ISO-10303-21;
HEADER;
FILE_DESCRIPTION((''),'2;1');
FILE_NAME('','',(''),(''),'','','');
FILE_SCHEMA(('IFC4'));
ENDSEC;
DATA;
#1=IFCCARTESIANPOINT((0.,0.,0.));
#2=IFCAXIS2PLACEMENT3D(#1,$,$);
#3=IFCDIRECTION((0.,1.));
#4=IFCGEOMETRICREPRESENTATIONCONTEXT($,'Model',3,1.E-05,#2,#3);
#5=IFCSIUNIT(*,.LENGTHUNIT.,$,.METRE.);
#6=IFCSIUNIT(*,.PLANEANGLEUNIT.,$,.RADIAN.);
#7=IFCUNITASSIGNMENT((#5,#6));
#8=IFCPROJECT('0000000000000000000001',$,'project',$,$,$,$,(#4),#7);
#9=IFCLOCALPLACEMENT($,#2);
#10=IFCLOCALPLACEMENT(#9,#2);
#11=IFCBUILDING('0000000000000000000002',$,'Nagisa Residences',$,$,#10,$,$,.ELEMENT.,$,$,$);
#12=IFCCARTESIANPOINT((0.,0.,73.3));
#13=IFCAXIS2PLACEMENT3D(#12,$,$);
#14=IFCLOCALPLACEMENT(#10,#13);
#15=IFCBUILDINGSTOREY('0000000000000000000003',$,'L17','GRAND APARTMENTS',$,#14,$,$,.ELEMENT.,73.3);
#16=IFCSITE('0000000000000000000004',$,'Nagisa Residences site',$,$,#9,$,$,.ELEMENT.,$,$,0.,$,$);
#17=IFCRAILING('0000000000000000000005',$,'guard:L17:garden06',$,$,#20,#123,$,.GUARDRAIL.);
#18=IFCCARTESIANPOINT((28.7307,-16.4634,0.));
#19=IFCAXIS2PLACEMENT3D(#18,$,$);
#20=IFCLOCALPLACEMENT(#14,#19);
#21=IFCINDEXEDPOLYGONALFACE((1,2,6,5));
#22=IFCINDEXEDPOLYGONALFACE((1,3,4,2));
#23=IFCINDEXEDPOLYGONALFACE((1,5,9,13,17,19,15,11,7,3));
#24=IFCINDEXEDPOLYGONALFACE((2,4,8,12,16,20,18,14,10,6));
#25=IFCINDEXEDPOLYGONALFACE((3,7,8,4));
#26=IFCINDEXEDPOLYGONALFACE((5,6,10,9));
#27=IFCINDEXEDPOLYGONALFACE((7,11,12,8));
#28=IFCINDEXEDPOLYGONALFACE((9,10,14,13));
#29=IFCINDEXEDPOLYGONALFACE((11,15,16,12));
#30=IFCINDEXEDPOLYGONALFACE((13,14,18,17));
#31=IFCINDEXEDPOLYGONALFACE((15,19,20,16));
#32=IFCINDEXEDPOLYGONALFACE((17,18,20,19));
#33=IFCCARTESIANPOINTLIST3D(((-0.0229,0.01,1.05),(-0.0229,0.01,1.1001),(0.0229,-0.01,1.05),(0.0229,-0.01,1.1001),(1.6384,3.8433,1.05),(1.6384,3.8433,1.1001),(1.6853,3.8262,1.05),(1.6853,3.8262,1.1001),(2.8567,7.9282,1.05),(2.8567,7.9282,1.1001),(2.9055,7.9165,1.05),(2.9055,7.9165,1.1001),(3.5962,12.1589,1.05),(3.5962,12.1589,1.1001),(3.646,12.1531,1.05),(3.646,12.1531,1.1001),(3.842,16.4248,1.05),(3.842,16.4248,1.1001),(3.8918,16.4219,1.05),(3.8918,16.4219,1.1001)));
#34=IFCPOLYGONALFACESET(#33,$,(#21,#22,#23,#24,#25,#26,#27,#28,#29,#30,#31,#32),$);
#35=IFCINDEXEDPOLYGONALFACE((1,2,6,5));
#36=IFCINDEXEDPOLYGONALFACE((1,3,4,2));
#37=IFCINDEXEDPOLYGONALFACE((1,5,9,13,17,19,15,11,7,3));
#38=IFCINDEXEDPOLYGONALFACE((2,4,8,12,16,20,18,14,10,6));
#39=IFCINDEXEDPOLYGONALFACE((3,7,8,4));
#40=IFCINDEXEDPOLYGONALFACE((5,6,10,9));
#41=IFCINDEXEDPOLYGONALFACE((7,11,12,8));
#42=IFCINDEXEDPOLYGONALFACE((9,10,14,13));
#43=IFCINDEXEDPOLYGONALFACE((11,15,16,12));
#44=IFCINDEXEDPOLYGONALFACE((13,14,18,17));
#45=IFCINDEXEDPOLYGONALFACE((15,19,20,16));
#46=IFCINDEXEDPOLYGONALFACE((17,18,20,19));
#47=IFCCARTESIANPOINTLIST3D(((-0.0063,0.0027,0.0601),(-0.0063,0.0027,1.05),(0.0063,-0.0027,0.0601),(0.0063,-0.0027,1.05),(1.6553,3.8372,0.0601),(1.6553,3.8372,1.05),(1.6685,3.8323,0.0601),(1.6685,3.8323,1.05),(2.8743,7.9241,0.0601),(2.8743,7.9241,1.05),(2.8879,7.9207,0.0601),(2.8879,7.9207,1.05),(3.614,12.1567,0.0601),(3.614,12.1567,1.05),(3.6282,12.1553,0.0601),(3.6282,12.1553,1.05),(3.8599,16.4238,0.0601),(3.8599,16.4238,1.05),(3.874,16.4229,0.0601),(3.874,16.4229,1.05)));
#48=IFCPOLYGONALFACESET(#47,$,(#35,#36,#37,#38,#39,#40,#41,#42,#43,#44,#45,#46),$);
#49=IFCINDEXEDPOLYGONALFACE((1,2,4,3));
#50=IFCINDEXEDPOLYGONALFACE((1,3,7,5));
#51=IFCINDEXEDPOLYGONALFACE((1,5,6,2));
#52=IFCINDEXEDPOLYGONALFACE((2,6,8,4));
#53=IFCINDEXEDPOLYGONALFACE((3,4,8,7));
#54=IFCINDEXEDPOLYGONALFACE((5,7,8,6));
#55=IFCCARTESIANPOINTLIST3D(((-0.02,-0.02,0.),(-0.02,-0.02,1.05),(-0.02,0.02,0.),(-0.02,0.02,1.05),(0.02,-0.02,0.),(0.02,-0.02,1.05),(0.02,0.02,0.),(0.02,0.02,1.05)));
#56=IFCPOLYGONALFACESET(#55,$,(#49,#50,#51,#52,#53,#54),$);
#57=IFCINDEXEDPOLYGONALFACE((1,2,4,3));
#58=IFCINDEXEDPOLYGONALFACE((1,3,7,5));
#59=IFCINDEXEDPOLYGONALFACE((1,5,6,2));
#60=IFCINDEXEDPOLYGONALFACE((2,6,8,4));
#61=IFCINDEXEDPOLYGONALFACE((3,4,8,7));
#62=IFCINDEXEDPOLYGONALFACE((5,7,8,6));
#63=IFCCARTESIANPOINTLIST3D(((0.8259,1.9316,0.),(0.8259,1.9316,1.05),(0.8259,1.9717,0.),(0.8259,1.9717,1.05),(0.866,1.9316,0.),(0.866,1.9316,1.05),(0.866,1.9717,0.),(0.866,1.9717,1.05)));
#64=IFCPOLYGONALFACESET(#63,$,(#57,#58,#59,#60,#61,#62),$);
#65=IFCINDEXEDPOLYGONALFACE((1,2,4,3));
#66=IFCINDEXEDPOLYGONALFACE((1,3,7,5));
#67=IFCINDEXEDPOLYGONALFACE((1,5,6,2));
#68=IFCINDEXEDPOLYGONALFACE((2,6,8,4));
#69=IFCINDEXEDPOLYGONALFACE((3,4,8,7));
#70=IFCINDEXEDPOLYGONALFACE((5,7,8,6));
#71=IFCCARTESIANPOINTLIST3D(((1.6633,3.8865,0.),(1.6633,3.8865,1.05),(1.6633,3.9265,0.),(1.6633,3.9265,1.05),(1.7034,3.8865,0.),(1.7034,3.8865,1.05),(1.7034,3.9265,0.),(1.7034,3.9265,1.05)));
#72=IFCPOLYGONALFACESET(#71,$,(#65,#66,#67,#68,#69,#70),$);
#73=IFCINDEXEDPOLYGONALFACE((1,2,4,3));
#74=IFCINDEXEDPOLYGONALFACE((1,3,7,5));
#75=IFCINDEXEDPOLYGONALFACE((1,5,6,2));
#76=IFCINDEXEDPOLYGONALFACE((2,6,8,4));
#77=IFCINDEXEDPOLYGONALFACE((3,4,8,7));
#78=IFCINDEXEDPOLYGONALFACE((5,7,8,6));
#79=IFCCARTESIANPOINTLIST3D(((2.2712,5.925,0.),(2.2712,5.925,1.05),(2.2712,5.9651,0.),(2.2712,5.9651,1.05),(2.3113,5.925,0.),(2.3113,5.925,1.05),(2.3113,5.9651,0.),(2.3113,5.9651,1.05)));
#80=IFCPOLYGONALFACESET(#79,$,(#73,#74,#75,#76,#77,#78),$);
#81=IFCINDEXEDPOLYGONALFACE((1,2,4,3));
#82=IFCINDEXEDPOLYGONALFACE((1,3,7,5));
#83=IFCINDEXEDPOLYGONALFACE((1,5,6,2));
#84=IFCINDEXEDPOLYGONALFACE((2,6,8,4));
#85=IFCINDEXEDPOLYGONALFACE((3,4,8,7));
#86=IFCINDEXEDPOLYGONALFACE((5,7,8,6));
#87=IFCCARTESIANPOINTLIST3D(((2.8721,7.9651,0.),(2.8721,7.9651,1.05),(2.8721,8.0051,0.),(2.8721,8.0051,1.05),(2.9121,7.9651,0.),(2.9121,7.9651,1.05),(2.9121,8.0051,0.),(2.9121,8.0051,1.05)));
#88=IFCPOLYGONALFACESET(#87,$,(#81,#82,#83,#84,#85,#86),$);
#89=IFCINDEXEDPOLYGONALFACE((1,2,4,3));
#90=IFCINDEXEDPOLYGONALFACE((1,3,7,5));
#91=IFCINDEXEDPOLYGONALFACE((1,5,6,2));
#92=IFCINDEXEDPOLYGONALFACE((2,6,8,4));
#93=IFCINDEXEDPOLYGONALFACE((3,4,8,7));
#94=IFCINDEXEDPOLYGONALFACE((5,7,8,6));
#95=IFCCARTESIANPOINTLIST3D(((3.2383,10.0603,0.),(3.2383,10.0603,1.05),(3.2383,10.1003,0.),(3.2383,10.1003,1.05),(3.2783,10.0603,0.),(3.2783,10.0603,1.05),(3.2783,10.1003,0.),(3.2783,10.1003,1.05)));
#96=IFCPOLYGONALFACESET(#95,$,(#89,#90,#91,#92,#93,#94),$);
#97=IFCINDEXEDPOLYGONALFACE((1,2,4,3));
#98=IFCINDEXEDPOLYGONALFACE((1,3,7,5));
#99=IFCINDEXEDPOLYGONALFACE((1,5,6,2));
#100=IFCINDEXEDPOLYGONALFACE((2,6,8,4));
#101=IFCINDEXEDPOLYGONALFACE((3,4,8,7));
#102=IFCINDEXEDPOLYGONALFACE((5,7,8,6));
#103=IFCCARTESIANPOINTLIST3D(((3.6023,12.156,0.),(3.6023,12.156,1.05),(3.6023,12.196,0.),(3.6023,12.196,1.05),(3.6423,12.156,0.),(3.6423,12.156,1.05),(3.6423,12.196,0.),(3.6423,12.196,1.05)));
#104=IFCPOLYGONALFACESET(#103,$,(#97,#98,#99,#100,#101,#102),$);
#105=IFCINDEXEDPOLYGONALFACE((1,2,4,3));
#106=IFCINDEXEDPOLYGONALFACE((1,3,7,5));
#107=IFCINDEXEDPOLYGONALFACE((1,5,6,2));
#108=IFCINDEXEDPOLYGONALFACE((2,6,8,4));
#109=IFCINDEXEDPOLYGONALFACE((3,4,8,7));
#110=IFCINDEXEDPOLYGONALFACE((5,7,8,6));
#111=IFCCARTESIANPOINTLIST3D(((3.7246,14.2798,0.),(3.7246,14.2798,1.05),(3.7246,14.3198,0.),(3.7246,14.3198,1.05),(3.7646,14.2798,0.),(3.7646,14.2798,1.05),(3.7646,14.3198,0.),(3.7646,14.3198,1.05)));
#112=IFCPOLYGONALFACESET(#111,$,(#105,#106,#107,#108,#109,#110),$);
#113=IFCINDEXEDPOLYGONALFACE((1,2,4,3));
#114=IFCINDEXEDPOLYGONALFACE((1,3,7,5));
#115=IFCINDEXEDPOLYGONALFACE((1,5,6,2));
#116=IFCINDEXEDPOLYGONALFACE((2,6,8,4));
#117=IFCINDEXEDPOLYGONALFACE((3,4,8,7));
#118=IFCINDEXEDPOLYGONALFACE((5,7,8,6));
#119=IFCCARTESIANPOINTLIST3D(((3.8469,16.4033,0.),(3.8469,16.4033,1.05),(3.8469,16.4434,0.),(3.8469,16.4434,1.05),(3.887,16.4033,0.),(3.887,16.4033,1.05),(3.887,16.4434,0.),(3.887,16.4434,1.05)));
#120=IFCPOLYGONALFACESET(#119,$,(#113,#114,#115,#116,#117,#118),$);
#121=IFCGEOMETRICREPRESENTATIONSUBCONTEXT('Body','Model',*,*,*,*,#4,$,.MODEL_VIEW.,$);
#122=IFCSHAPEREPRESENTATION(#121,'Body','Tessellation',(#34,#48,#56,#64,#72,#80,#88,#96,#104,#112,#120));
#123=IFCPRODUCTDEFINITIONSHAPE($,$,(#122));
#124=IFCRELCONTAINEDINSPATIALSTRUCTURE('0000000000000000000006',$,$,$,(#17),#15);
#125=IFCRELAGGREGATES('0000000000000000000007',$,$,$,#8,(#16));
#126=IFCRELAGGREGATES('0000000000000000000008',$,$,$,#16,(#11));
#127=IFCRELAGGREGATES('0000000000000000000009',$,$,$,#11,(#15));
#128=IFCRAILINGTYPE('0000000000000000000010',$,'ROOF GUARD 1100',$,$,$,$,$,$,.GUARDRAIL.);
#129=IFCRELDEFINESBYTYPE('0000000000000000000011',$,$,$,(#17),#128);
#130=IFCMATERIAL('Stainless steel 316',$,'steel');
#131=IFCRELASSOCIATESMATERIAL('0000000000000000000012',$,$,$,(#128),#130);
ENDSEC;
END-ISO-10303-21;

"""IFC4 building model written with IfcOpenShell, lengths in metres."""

from ifc_helpers import new_model, si_unit, direction, frame, origin, origin_2d, place, context, subcontext, project, spatial, polyline, rectangle, outline, extrude, material, type_object, element, save


model = new_model("IFC4")

# Units and contexts
model_context = context("Model", 3, precision=1e-05, world=origin(), true_north=direction((0.0, 1.0)))
body_context = subcontext(model_context, "Body", "Model", "MODEL_VIEW")
ifc_project = project(units=[si_unit("LENGTHUNIT", "METRE"), si_unit("PLANEANGLEUNIT", "RADIAN")], contexts=[model_context])

# Site, building, storey
site_placement = place(None, origin())
site = spatial("IfcSite", under=ifc_project, at=site_placement, Name="Nagisa Residences site", CompositionType="ELEMENT", RefElevation=0.0)
building_placement = place(site_placement, origin())
building = spatial("IfcBuilding", under=site, at=building_placement, Name="Nagisa Residences", CompositionType="ELEMENT")
storey_placement = place(building_placement, frame((0.0, 0.0, 73.3)))
storey = spatial("IfcBuildingStorey", under=building, at=storey_placement, Name="L17", Description="GRAND APARTMENTS", CompositionType="ELEMENT", Elevation=73.3)

# Railing
ifc_material_1 = material(Name="Stainless steel 316", Category="steel")
railing_type = type_object("IfcRailingType", Name="ROOF GUARD 1100", PredefinedType="GUARDRAIL", material=ifc_material_1)
railing_1_placement = place(storey_placement, frame((28.7307, -16.4634, 0.0)))
element("IfcRailing", 1, at=railing_1_placement, inside=storey, type_object=railing_type, Name="guard:L17:garden06", PredefinedType="GUARDRAIL", context=body_context, shape_type="SweptSolid", body=[
    extrude(outline(polyline([(1.6384, 3.8433), (-0.0229, 0.01), (0.0229, -0.01), (1.6853, 3.8262), (2.9055, 7.9165), (3.646, 12.1531), (3.8918, 16.4219), (3.842, 16.4248), (3.5962, 12.1589), (2.8567, 7.9282), (1.6384, 3.8433)])), frame((0.0, 0.0, 1.05)), (0.0, 0.0, 1.0), 0.05),
    extrude(outline(polyline([(1.6553, 3.8372), (-0.0063, 0.0027), (0.0063, -0.0027), (1.6685, 3.8323), (2.8879, 7.9207), (3.6282, 12.1553), (3.874, 16.4229), (3.8599, 16.4238), (3.614, 12.1567), (2.8743, 7.9241), (1.6553, 3.8372)])), frame((0.0, 0.0, 0.0601)), (0.0, 0.0, 1.0), 0.99),
    extrude(rectangle(XDim=0.04, YDim=0.04, at=origin_2d()), origin(), (0.0, 0.0, 1.0), 1.05),
    extrude(rectangle(XDim=0.04, YDim=0.04, at=origin_2d()), frame((0.8459, 1.9517, 0.0)), (0.0, 0.0, 1.0), 1.05),
    extrude(rectangle(XDim=0.04, YDim=0.04, at=origin_2d()), frame((1.6833, 3.9065, 0.0)), (0.0, 0.0, 1.0), 1.05),
    extrude(rectangle(XDim=0.04, YDim=0.04, at=origin_2d()), frame((2.2913, 5.9451, 0.0)), (0.0, 0.0, 1.0), 1.05),
    extrude(rectangle(XDim=0.04, YDim=0.04, at=origin_2d()), frame((2.8921, 7.9851, 0.0)), (0.0, 0.0, 1.0), 1.05),
    extrude(rectangle(XDim=0.04, YDim=0.04, at=origin_2d()), frame((3.2583, 10.0803, 0.0)), (0.0, 0.0, 1.0), 1.05),
    extrude(rectangle(XDim=0.04, YDim=0.04, at=origin_2d()), frame((3.6223, 12.176, 0.0)), (0.0, 0.0, 1.0), 1.05),
    extrude(rectangle(XDim=0.04, YDim=0.04, at=origin_2d()), frame((3.7446, 14.2998, 0.0)), (0.0, 0.0, 1.0), 1.05),
    extrude(rectangle(XDim=0.04, YDim=0.04, at=origin_2d()), frame((3.8669, 16.4233, 0.0)), (0.0, 0.0, 1.0), 1.05),
])

save(model, "model.ifc")
